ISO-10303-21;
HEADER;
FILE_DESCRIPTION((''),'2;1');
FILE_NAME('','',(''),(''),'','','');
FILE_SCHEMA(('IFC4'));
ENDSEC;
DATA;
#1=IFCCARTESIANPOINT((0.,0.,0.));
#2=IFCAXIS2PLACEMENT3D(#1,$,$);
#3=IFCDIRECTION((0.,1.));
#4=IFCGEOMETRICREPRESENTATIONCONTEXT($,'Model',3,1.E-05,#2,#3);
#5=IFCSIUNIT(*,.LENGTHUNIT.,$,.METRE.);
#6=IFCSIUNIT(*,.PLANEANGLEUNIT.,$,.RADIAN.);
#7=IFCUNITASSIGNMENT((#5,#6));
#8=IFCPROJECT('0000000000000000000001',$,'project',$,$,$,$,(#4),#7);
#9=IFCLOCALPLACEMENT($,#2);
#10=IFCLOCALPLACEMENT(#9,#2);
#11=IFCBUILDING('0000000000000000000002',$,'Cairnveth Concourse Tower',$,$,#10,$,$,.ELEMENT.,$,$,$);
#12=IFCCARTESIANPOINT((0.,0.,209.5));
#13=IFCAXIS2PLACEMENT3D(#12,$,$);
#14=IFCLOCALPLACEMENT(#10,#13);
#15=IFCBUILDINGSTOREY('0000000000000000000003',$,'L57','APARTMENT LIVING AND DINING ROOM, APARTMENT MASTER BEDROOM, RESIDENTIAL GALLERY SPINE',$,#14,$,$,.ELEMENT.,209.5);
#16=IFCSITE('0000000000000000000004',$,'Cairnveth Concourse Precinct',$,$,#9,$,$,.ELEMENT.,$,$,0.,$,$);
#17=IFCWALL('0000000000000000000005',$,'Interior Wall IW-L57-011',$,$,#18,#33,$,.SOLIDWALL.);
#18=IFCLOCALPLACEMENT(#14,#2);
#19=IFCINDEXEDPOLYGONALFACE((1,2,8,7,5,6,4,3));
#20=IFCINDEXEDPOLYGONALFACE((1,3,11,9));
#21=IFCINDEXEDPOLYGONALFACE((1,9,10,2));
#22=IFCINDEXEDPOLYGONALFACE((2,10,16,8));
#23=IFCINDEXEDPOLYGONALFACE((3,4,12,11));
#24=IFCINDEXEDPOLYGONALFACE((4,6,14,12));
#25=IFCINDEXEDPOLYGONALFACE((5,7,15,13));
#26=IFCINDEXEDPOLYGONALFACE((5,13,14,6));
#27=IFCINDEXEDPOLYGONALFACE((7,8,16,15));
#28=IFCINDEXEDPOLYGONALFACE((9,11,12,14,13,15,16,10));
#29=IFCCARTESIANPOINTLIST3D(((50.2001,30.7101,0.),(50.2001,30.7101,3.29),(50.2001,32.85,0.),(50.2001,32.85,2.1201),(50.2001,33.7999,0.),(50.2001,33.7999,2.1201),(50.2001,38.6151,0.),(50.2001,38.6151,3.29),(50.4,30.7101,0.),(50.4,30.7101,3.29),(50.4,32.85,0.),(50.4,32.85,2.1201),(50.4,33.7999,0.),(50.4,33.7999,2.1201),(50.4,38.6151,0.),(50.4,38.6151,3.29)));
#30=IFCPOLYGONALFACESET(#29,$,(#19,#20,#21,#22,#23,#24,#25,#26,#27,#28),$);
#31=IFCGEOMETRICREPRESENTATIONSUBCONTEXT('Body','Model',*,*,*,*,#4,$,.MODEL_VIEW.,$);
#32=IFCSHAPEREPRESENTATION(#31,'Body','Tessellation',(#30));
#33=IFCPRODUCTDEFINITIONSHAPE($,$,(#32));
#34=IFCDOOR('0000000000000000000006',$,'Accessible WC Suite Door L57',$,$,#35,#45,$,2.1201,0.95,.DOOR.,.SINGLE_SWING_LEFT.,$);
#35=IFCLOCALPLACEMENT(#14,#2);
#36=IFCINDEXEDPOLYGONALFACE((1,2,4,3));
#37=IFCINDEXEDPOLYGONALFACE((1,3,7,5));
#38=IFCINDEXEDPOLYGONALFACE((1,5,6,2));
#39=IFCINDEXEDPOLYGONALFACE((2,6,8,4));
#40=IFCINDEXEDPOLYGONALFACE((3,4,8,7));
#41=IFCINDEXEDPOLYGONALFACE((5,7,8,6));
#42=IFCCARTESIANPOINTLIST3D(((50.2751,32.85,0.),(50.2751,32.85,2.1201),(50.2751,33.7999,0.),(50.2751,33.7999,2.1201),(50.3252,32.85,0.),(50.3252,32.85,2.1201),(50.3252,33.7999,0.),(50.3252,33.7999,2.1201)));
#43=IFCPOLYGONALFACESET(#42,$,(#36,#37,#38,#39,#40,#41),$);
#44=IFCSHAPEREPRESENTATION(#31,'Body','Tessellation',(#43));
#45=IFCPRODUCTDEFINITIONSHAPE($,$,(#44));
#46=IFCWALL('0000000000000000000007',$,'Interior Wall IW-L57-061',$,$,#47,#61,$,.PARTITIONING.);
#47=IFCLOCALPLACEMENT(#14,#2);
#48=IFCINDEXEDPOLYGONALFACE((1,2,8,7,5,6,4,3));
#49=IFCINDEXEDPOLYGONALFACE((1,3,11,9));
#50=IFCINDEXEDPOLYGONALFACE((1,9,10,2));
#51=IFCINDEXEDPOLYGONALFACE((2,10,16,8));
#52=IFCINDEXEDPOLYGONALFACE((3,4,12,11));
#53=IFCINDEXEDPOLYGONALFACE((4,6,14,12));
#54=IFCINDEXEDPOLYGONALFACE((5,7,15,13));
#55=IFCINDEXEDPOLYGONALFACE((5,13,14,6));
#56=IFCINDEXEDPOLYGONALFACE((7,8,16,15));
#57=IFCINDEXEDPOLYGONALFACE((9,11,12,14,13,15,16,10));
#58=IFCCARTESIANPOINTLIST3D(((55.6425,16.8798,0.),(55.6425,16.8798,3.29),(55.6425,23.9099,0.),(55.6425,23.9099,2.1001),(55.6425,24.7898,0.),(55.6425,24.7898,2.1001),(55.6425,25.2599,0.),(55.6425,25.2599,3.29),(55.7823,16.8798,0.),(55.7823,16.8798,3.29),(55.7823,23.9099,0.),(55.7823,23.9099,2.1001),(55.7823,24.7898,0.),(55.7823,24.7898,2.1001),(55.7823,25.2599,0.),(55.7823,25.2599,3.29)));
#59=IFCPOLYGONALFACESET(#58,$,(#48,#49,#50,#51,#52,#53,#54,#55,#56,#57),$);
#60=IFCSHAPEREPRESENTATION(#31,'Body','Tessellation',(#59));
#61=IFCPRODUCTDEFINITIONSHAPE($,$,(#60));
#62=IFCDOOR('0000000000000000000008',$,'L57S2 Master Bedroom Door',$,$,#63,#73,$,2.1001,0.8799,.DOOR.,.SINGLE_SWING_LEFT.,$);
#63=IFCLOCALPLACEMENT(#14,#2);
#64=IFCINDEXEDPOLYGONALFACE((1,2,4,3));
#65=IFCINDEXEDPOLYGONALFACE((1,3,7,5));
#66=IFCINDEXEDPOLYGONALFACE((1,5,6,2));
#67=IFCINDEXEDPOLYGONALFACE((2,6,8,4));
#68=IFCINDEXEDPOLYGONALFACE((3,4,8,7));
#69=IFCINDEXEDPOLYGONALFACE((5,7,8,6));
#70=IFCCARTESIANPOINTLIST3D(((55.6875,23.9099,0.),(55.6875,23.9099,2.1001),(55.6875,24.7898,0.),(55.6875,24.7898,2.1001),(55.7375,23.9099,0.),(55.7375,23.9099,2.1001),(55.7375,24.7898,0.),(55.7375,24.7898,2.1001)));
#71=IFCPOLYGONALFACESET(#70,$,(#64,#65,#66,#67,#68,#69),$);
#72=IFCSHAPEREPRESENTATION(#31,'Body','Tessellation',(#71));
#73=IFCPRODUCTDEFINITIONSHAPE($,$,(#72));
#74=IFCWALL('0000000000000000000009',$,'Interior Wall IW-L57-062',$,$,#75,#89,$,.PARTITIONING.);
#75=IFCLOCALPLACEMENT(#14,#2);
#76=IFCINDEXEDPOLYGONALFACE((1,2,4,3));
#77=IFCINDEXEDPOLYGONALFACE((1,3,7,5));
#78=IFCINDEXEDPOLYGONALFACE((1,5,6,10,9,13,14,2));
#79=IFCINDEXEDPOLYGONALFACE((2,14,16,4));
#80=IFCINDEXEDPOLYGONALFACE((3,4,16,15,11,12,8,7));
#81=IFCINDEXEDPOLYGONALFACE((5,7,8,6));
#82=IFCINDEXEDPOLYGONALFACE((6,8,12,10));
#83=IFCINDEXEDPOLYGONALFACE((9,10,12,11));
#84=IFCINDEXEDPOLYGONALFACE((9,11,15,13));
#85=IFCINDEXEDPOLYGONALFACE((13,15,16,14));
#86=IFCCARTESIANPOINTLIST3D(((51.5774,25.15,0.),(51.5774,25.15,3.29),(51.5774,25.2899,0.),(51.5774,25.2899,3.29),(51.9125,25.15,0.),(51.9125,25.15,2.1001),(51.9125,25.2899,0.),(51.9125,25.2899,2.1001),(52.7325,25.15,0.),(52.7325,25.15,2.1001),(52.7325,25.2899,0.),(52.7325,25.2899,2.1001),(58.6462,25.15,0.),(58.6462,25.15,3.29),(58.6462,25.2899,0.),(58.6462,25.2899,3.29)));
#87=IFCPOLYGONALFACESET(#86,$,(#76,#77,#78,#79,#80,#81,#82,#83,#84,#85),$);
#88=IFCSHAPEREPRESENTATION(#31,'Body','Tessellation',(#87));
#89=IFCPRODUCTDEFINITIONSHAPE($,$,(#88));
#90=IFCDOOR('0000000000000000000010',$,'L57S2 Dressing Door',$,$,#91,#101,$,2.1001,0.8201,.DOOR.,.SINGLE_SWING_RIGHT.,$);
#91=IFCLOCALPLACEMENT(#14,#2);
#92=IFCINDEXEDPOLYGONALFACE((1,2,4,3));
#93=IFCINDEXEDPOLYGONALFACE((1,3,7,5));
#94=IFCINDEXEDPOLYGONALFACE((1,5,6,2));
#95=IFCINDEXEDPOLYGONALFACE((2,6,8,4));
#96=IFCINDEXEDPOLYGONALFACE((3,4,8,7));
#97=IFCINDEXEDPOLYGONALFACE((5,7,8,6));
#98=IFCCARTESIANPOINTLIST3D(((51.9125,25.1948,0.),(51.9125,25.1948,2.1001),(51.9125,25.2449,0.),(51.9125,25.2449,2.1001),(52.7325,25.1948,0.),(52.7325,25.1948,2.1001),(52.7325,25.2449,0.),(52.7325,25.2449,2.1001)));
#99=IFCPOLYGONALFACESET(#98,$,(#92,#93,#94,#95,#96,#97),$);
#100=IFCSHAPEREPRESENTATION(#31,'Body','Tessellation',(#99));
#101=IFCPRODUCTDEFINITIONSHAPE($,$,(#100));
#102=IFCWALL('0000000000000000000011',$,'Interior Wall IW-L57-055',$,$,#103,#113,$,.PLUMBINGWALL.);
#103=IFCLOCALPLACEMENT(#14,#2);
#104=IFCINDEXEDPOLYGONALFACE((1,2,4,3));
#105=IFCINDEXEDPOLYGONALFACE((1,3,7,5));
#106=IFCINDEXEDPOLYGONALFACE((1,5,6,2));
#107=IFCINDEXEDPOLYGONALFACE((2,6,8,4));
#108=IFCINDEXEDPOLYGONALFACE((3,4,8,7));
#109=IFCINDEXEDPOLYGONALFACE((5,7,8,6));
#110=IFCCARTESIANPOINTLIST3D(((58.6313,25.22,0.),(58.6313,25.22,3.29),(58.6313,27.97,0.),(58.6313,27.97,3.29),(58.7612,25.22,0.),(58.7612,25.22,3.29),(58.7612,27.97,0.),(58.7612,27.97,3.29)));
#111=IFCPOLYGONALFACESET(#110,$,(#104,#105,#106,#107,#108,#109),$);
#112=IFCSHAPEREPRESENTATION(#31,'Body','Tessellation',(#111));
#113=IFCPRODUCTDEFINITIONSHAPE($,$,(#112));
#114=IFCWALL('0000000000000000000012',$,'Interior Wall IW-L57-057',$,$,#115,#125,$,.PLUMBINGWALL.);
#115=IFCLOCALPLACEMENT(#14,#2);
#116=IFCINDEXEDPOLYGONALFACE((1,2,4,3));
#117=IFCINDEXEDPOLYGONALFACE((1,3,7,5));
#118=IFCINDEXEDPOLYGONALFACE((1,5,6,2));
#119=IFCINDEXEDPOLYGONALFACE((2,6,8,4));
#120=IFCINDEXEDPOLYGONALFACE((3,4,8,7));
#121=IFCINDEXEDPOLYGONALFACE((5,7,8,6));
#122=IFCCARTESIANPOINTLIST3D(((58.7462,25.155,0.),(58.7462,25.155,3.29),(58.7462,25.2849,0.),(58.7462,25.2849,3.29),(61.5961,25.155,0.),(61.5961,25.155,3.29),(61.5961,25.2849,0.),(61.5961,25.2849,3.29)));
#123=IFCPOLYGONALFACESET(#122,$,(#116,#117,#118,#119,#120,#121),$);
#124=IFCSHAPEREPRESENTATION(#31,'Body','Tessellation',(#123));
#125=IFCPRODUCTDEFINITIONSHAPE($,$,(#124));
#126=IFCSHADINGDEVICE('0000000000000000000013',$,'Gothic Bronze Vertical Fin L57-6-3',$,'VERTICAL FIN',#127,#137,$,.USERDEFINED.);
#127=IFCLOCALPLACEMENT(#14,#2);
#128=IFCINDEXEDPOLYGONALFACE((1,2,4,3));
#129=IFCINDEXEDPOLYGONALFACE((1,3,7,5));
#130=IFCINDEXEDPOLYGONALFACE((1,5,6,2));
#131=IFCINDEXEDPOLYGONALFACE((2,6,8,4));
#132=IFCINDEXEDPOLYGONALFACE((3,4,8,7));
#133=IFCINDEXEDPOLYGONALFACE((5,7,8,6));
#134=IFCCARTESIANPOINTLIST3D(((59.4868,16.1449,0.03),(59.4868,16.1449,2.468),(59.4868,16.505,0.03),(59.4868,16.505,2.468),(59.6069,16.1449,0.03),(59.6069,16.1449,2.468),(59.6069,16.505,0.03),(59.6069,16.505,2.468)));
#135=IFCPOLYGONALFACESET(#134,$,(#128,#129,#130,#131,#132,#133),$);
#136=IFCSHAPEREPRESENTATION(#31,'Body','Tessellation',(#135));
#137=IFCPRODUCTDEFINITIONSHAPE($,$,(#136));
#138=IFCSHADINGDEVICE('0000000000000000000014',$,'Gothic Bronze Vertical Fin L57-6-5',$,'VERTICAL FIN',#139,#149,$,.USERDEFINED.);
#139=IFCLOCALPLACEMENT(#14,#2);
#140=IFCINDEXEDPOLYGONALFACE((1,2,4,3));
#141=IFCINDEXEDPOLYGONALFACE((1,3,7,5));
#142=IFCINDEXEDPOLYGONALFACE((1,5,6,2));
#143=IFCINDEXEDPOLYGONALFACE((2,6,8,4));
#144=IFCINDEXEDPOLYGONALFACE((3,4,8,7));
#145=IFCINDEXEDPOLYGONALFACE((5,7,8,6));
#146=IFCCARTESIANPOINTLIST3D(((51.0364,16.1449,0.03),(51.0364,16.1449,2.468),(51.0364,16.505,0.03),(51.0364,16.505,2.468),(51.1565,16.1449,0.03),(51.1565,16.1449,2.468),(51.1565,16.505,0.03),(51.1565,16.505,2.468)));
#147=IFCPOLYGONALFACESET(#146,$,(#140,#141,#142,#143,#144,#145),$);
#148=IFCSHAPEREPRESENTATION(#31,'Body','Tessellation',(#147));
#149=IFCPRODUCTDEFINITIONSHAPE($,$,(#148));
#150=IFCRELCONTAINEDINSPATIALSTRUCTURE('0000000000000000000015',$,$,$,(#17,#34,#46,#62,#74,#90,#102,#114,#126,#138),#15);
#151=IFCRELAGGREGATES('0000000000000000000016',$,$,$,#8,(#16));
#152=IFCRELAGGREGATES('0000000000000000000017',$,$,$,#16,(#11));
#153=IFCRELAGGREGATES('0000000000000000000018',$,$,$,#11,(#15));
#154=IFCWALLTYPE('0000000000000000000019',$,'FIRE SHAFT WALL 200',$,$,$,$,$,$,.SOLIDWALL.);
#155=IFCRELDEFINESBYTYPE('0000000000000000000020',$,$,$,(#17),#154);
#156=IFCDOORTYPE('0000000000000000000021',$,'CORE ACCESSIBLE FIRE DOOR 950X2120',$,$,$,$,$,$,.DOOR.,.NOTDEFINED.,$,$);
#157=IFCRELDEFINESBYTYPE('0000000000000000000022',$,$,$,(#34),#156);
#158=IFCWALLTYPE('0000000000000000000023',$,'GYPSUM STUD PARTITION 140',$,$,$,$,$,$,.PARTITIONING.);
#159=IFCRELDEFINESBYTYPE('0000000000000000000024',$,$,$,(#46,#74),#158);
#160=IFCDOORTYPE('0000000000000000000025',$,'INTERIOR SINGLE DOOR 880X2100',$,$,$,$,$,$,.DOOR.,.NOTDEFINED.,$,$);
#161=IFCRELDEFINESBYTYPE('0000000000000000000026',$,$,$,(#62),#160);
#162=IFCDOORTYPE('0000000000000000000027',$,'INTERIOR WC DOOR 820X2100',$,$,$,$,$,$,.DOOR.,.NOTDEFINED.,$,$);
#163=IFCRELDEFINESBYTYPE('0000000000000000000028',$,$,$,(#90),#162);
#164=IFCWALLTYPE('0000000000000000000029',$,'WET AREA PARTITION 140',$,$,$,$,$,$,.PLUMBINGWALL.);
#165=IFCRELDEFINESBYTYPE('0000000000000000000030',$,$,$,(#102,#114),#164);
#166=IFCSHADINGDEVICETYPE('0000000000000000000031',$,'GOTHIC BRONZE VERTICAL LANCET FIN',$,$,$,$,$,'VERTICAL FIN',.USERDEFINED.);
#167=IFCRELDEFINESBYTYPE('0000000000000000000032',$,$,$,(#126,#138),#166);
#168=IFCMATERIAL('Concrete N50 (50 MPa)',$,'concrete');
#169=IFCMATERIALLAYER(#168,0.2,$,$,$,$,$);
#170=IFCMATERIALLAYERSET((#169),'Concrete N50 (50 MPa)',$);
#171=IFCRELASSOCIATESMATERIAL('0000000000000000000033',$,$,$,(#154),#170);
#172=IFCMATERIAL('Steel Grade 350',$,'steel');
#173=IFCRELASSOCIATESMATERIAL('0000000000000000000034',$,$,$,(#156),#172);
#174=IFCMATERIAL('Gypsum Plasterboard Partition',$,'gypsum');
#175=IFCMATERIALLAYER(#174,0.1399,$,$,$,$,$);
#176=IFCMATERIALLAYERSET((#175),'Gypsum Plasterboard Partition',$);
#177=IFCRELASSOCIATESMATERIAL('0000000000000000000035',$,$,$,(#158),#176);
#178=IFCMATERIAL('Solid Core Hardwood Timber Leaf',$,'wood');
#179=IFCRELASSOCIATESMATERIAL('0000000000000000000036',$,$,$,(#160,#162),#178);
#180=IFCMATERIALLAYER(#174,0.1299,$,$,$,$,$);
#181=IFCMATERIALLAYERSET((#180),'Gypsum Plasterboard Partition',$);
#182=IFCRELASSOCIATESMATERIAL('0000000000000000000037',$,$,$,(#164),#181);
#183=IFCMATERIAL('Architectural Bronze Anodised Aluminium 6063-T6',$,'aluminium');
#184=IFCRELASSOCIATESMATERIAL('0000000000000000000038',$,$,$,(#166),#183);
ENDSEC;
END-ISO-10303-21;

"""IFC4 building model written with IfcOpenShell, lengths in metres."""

from ifc_helpers import new_model, si_unit, direction, frame, frame_2d, origin, origin_2d, place, context, subcontext, project, spatial, rectangle, extrude, material, layer, layer_set, type_object, element, fill, save


model = new_model("IFC4")

# Units and contexts
model_context = context("Model", 3, precision=1e-05, world=origin(), true_north=direction((0.0, 1.0)))
body_context = subcontext(model_context, "Body", "Model", "MODEL_VIEW")
ifc_project = project(units=[si_unit("LENGTHUNIT", "METRE"), si_unit("PLANEANGLEUNIT", "RADIAN")], contexts=[model_context])

# Site, building, storey
site_placement = place(None, origin())
site = spatial("IfcSite", under=ifc_project, at=site_placement, Name="Cairnveth Concourse Precinct", CompositionType="ELEMENT", RefElevation=0.0)
building_placement = place(site_placement, origin())
building = spatial("IfcBuilding", under=site, at=building_placement, Name="Cairnveth Concourse Tower", CompositionType="ELEMENT")
storey_placement = place(building_placement, frame((0.0, 0.0, 209.5)))
storey = spatial("IfcBuildingStorey", under=building, at=storey_placement, Name="L57", Description="APARTMENT LIVING AND DINING ROOM, APARTMENT MASTER BEDROOM, RESIDENTIAL GALLERY SPINE", CompositionType="ELEMENT", Elevation=209.5)

# Shared definitions
ifc_material_1 = material(Name="Steel Grade 350", Category="steel")

# Shared definitions
ifc_material_2 = material(Name="Gypsum Plasterboard Partition", Category="gypsum")

# Wall, opening, door
ifc_material_3 = material(Name="Concrete N50 (50 MPa)", Category="concrete")
ifc_layer_1 = layer(ifc_material_3, 0.2)
ifc_layer_set_1 = layer_set([ifc_layer_1], Name="Concrete N50 (50 MPa)")
wall_type_1 = type_object("IfcWallType", Name="FIRE SHAFT WALL 200", PredefinedType="SOLIDWALL", material=ifc_layer_set_1)
wall_1_placement = place(storey_placement, frame((50.3, 30.71, 0.0), z_axis=(0.0, 0.0, 1.0), x_axis=(0.0, 1.0, 0.0)))
wall_1 = element("IfcWall", 1, at=wall_1_placement, inside=storey, type_object=wall_type_1, Name="Interior Wall IW-L57-011", PredefinedType="SOLIDWALL", context=body_context, shape_type="SweptSolid", body=[
    extrude(rectangle(XDim=7.905, YDim=0.2, at=frame_2d((3.9526, 0.0))), origin(), (0.0, 0.0, 1.0), 3.29),
])
opening_1_placement = place(wall_1_placement, frame((2.1399, 0.0, 0.0)))
opening_1 = element("IfcOpeningElement", 2, at=opening_1_placement, cuts=wall_1, PredefinedType="OPENING", context=body_context, shape_type="SweptSolid", body=[
    extrude(rectangle(XDim=0.95, YDim=2.1201, at=frame_2d((0.4751, 1.0601))), frame((0.0, 0.1099, 0.0), z_axis=(0.0, -1.0, 0.0), x_axis=(1.0, 0.0, 0.0)), (0.0, 0.0, 1.0), 0.22),
])
door_type_1 = type_object("IfcDoorType", Name="CORE ACCESSIBLE FIRE DOOR 950X2120", OperationType="NOTDEFINED", PredefinedType="DOOR", material=ifc_material_1)
door_1_placement = place(opening_1_placement, origin())
door_1 = element("IfcDoor", 3, at=door_1_placement, inside=storey, type_object=door_type_1, Name="Accessible WC Suite Door L57", OperationType="SINGLE_SWING_LEFT", OverallHeight=2.1201, OverallWidth=0.95, PredefinedType="DOOR", context=body_context, shape_type="SweptSolid", body=[
    extrude(rectangle(XDim=0.95, YDim=2.1201, at=frame_2d((0.4751, 1.0601))), frame((0.0, 0.0249, 0.0), z_axis=(0.0, -1.0, 0.0), x_axis=(1.0, 0.0, 0.0)), (0.0, 0.0, 1.0), 0.05),
])
fill(opening_1, door_1)

# Walls, openings, doors
ifc_layer_2 = layer(ifc_material_2, 0.1399)
ifc_layer_set_2 = layer_set([ifc_layer_2], Name="Gypsum Plasterboard Partition")
wall_type_2 = type_object("IfcWallType", Name="GYPSUM STUD PARTITION 140", PredefinedType="PARTITIONING", material=ifc_layer_set_2)
wall_2_placement = place(storey_placement, frame((55.7124, 16.8799, 0.0), z_axis=(0.0, 0.0, 1.0), x_axis=(0.0, 1.0, 0.0)))
wall_2 = element("IfcWall", 4, at=wall_2_placement, inside=storey, type_object=wall_type_2, Name="Interior Wall IW-L57-061", PredefinedType="PARTITIONING", context=body_context, shape_type="SweptSolid", body=[
    extrude(rectangle(XDim=8.3801, YDim=0.1399, at=frame_2d((4.1899, 0.0))), origin(), (0.0, 0.0, 1.0), 3.29),
])
opening_2_placement = place(wall_2_placement, frame((7.03, 0.0, 0.0)))
opening_2 = element("IfcOpeningElement", 5, at=opening_2_placement, cuts=wall_2, PredefinedType="OPENING", context=body_context, shape_type="SweptSolid", body=[
    extrude(rectangle(XDim=0.8799, YDim=2.1001, at=frame_2d((0.4399, 1.05))), frame((0.0, 0.0798, 0.0), z_axis=(0.0, -1.0, 0.0), x_axis=(1.0, 0.0, 0.0)), (0.0, 0.0, 1.0), 0.1599),
])
ifc_material_4 = material(Name="Solid Core Hardwood Timber Leaf", Category="wood")
door_type_2 = type_object("IfcDoorType", Name="INTERIOR SINGLE DOOR 880X2100", OperationType="NOTDEFINED", PredefinedType="DOOR", material=ifc_material_4)
door_2_placement = place(opening_2_placement, origin())
door_2 = element("IfcDoor", 6, at=door_2_placement, inside=storey, type_object=door_type_2, Name="L57S2 Master Bedroom Door", OperationType="SINGLE_SWING_LEFT", OverallHeight=2.1001, OverallWidth=0.8799, PredefinedType="DOOR", context=body_context, shape_type="SweptSolid", body=[
    extrude(rectangle(XDim=0.8799, YDim=2.1001, at=frame_2d((0.4399, 1.05))), frame((0.0, 0.0249, 0.0), z_axis=(0.0, -1.0, 0.0), x_axis=(1.0, 0.0, 0.0)), (0.0, 0.0, 1.0), 0.05),
])
fill(opening_2, door_2)
wall_3_placement = place(storey_placement, frame((51.5774, 25.22, 0.0), z_axis=(0.0, 0.0, 1.0), x_axis=(1.0, 0.0, 0.0)))
wall_3 = element("IfcWall", 7, at=wall_3_placement, inside=storey, type_object=wall_type_2, Name="Interior Wall IW-L57-062", PredefinedType="PARTITIONING", context=body_context, shape_type="SweptSolid", body=[
    extrude(rectangle(XDim=7.0688, YDim=0.1399, at=frame_2d((3.5344, 0.0))), origin(), (0.0, 0.0, 1.0), 3.29),
])
opening_3_placement = place(wall_3_placement, frame((0.335, 0.0, 0.0)))
opening_3 = element("IfcOpeningElement", 8, at=opening_3_placement, cuts=wall_3, PredefinedType="OPENING", context=body_context, shape_type="SweptSolid", body=[
    extrude(rectangle(XDim=0.8201, YDim=2.1001, at=frame_2d((0.4102, 1.05))), frame((0.0, 0.0798, 0.0), z_axis=(0.0, -1.0, 0.0), x_axis=(1.0, 0.0, 0.0)), (0.0, 0.0, 1.0), 0.1599),
])
door_type_3 = type_object("IfcDoorType", Name="INTERIOR WC DOOR 820X2100", OperationType="NOTDEFINED", PredefinedType="DOOR", material=ifc_material_4)
door_3_placement = place(opening_3_placement, origin())
door_3 = element("IfcDoor", 9, at=door_3_placement, inside=storey, type_object=door_type_3, Name="L57S2 Dressing Door", OperationType="SINGLE_SWING_RIGHT", OverallHeight=2.1001, OverallWidth=0.8201, PredefinedType="DOOR", context=body_context, shape_type="SweptSolid", body=[
    extrude(rectangle(XDim=0.8201, YDim=2.1001, at=frame_2d((0.4102, 1.05))), frame((0.0, 0.0249, 0.0), z_axis=(0.0, -1.0, 0.0), x_axis=(1.0, 0.0, 0.0)), (0.0, 0.0, 1.0), 0.05),
])
fill(opening_3, door_3)

# Walls
ifc_layer_3 = layer(ifc_material_2, 0.1299)
ifc_layer_set_3 = layer_set([ifc_layer_3], Name="Gypsum Plasterboard Partition")
wall_type_3 = type_object("IfcWallType", Name="WET AREA PARTITION 140", PredefinedType="PLUMBINGWALL", material=ifc_layer_set_3)
wall_4_placement = place(storey_placement, frame((58.6963, 25.22, 0.0), z_axis=(0.0, 0.0, 1.0), x_axis=(0.0, 1.0, 0.0)))
element("IfcWall", 10, at=wall_4_placement, inside=storey, type_object=wall_type_3, Name="Interior Wall IW-L57-055", PredefinedType="PLUMBINGWALL", context=body_context, shape_type="SweptSolid", body=[
    extrude(rectangle(XDim=2.75, YDim=0.1299, at=frame_2d((1.375, 0.0))), origin(), (0.0, 0.0, 1.0), 3.29),
])
wall_5_placement = place(storey_placement, frame((58.7463, 25.22, 0.0), z_axis=(0.0, 0.0, 1.0), x_axis=(1.0, 0.0, 0.0)))
element("IfcWall", 11, at=wall_5_placement, inside=storey, type_object=wall_type_3, Name="Interior Wall IW-L57-057", PredefinedType="PLUMBINGWALL", context=body_context, shape_type="SweptSolid", body=[
    extrude(rectangle(XDim=2.8499, YDim=0.1299, at=frame_2d((1.4248, 0.0))), origin(), (0.0, 0.0, 1.0), 3.29),
])

# Shading devices
ifc_material_5 = material(Name="Architectural Bronze Anodised Aluminium 6063-T6", Category="aluminium")
shading_device_type = type_object("IfcShadingDeviceType", Name="GOTHIC BRONZE VERTICAL LANCET FIN", ElementType="VERTICAL FIN", PredefinedType="USERDEFINED", material=ifc_material_5)
for number, where, z_axis, x_axis, name in (
    (12, (59.5469, 16.325, 0.03), (0.0, 0.0, 1.0), (1.0, 0.0, 0.0), "Gothic Bronze Vertical Fin L57-6-3"),
    (13, (51.0964, 16.325, 0.03), (0.0, 0.0, 1.0), (1.0, 0.0, 0.0), "Gothic Bronze Vertical Fin L57-6-5"),
):
    element("IfcShadingDevice", number, at=place(storey_placement, frame(where, z_axis=z_axis, x_axis=x_axis)), inside=storey, type_object=shading_device_type, Name=name, ObjectType="VERTICAL FIN", PredefinedType="USERDEFINED", context=body_context, shape_type="SweptSolid", body=[
        extrude(rectangle(XDim=0.1201, YDim=0.3601, at=origin_2d()), origin(), (0.0, 0.0, 1.0), 2.438),
    ])

save(model, "model.ifc")
